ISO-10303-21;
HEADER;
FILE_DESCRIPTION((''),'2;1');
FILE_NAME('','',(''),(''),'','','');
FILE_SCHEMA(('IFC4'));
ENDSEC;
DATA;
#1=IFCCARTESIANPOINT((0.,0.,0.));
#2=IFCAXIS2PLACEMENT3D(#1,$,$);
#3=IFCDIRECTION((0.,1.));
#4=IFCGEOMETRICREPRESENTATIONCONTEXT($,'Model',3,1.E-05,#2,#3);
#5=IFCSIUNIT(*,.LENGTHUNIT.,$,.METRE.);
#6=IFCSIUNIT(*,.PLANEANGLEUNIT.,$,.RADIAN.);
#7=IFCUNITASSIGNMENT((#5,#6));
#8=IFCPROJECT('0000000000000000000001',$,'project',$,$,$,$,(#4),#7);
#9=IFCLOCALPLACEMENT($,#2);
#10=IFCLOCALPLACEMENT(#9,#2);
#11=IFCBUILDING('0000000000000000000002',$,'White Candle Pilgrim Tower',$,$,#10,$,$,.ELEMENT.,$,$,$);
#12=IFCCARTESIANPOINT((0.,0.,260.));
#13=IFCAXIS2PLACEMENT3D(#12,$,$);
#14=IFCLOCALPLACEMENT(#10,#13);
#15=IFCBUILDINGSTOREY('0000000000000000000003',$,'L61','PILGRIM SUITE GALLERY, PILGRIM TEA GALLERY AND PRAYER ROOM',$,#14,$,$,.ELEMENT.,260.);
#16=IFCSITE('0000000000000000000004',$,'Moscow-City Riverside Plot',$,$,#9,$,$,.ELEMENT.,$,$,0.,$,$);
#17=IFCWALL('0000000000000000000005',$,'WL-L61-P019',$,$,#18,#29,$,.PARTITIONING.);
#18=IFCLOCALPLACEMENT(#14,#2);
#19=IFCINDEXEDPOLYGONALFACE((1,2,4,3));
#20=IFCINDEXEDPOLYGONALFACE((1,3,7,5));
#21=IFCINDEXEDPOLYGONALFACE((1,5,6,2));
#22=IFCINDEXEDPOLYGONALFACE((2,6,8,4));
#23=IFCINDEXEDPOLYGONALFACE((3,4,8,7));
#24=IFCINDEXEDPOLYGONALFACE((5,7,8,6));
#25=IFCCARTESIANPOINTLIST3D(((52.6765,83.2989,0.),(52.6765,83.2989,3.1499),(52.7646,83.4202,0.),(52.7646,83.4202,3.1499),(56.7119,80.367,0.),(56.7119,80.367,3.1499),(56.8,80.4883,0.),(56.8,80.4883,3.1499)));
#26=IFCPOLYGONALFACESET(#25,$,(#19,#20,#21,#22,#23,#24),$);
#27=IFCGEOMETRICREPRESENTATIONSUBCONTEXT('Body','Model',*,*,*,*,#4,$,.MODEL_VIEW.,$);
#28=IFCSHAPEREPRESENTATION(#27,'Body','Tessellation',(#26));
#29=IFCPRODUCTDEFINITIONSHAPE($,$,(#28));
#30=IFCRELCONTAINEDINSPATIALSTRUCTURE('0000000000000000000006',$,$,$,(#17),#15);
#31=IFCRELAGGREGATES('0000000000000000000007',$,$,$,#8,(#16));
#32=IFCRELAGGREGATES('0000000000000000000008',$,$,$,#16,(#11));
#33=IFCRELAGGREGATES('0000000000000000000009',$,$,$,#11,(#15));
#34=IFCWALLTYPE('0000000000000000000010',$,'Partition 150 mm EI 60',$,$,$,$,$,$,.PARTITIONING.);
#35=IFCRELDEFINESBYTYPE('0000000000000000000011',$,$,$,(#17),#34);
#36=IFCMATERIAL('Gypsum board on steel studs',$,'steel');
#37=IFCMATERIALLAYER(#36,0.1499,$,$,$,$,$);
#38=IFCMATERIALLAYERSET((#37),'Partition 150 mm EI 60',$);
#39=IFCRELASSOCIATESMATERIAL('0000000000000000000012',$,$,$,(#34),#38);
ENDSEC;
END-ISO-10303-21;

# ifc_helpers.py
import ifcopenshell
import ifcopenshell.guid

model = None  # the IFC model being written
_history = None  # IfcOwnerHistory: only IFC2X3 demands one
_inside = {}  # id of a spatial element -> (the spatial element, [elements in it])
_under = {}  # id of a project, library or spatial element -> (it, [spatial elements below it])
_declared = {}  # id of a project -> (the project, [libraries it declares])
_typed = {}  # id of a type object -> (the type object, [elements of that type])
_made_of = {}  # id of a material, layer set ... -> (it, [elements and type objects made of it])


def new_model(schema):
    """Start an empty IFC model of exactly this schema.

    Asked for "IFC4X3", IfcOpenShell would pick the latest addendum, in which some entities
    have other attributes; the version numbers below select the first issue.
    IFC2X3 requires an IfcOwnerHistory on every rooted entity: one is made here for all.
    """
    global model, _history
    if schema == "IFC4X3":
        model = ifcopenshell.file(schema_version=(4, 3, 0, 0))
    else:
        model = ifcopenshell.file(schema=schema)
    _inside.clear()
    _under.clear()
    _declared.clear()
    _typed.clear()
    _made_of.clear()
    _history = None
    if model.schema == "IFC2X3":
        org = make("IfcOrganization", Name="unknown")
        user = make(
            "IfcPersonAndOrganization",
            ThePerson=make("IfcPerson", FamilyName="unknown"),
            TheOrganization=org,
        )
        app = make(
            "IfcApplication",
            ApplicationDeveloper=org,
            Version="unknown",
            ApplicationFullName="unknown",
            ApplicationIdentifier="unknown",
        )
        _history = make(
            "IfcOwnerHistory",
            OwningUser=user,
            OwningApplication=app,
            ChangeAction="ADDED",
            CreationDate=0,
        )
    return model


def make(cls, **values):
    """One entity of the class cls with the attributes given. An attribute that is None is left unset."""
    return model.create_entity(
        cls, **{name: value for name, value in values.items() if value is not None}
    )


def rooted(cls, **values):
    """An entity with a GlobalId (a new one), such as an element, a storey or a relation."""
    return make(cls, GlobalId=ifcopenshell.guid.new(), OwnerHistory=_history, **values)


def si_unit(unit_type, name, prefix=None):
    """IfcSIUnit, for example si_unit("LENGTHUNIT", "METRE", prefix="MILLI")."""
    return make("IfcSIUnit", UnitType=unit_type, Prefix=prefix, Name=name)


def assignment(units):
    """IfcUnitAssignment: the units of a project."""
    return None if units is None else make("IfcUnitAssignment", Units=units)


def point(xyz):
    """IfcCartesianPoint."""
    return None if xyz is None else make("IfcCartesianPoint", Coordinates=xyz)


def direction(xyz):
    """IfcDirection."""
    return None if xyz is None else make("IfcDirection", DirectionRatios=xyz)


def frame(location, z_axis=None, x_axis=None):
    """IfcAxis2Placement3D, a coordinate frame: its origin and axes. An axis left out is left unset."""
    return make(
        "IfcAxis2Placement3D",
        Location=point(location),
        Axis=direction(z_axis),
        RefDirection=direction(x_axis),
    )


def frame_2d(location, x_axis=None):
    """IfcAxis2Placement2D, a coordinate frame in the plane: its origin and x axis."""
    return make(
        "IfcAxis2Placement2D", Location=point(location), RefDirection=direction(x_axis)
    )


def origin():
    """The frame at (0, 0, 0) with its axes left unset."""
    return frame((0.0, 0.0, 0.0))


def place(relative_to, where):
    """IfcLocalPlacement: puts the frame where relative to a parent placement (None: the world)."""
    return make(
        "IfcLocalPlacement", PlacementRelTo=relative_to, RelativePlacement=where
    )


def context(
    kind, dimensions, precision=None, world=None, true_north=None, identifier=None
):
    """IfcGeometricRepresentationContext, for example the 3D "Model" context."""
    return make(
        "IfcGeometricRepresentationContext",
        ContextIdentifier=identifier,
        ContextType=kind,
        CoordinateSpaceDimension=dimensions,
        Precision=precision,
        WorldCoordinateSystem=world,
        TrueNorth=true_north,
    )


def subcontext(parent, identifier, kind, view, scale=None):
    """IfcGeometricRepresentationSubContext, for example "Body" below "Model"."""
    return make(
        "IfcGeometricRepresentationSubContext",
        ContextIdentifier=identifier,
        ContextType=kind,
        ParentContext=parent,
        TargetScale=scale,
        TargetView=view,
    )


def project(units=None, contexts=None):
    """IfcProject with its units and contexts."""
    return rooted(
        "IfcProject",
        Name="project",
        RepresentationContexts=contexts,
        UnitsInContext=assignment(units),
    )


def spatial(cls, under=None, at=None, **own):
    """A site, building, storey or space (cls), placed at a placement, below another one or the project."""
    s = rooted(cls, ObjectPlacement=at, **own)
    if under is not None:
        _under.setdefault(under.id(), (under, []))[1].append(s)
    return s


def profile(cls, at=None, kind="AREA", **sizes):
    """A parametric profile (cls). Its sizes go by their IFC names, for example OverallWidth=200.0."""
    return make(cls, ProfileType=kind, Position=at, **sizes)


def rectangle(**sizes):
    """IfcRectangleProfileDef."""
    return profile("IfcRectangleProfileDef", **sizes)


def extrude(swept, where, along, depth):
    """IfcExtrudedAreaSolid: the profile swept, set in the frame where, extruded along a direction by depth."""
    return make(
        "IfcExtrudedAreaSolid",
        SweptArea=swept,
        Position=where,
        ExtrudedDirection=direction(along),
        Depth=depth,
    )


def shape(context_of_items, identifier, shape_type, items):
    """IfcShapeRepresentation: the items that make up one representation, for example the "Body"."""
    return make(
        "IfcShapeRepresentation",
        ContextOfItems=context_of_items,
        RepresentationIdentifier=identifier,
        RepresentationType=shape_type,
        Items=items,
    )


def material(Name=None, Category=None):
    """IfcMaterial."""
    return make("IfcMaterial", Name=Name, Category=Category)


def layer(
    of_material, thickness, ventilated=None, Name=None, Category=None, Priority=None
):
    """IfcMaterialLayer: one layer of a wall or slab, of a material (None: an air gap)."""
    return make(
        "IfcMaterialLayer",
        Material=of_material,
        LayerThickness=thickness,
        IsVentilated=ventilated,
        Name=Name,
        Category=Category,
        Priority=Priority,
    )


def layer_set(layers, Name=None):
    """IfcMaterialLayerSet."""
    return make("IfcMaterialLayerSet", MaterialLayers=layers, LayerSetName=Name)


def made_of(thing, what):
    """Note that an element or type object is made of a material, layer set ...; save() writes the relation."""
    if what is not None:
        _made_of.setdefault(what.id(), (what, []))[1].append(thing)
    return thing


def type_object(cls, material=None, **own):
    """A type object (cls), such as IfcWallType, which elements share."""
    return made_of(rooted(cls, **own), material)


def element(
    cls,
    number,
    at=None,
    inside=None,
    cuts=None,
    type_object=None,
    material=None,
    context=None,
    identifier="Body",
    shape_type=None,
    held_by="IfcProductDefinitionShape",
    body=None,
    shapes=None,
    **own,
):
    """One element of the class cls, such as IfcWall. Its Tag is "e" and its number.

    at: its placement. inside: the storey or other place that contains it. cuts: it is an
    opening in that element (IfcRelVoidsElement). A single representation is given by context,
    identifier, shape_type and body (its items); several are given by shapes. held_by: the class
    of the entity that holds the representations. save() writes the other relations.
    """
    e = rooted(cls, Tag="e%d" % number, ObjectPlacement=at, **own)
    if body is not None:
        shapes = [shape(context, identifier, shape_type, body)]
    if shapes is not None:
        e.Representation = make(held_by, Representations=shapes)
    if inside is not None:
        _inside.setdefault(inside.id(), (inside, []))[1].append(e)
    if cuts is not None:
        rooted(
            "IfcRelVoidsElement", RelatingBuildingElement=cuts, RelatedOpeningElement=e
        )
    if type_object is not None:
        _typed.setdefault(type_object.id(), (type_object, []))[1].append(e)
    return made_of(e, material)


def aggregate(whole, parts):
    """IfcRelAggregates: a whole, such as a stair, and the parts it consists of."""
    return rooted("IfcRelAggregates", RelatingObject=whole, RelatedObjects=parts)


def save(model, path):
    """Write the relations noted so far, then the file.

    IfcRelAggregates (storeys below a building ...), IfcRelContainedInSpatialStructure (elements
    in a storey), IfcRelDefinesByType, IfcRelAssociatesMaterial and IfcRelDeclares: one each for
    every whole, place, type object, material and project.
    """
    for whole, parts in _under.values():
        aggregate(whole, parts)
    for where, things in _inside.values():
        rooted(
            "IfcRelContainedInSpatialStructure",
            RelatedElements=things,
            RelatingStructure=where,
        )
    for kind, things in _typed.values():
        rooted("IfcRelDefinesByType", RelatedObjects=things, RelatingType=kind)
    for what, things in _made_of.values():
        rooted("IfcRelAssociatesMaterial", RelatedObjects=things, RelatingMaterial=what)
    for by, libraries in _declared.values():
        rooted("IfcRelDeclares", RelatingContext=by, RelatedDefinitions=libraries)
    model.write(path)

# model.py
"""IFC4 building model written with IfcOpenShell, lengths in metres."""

from ifc_helpers import new_model, si_unit, direction, frame, frame_2d, origin, place, context, subcontext, project, spatial, rectangle, extrude, material, layer, layer_set, type_object, element, save


model = new_model("IFC4")

# Units and contexts
model_context = context("Model", 3, precision=1e-05, world=origin(), true_north=direction((0.0, 1.0)))
body_context = subcontext(model_context, "Body", "Model", "MODEL_VIEW")
ifc_project = project(units=[si_unit("LENGTHUNIT", "METRE"), si_unit("PLANEANGLEUNIT", "RADIAN")], contexts=[model_context])

# Site, building, storey
site_placement = place(None, origin())
site = spatial("IfcSite", under=ifc_project, at=site_placement, Name="Moscow-City Riverside Plot", CompositionType="ELEMENT", RefElevation=0.0)
building_placement = place(site_placement, origin())
building = spatial("IfcBuilding", under=site, at=building_placement, Name="White Candle Pilgrim Tower", CompositionType="ELEMENT")
storey_placement = place(building_placement, frame((0.0, 0.0, 260.0)))
storey = spatial("IfcBuildingStorey", under=building, at=storey_placement, Name="L61", Description="PILGRIM SUITE GALLERY, PILGRIM TEA GALLERY AND PRAYER ROOM", CompositionType="ELEMENT", Elevation=260.0)

# Wall
ifc_material_1 = material(Name="Gypsum board on steel studs", Category="steel")
ifc_layer_1 = layer(ifc_material_1, 0.1499)
ifc_layer_set_1 = layer_set([ifc_layer_1], Name="Partition 150 mm EI 60")
wall_type_1 = type_object("IfcWallType", Name="Partition 150 mm EI 60", PredefinedType="PARTITIONING", material=ifc_layer_set_1)
wall_1_placement = place(storey_placement, frame((52.7205, 83.3596, 0.0), z_axis=(0.0, 0.0, 1.0), x_axis=(0.809017, -0.587785, 0.0)))
element("IfcWall", 1, at=wall_1_placement, inside=storey, type_object=wall_type_1, Name="WL-L61-P019", PredefinedType="PARTITIONING", context=body_context, shape_type="SweptSolid", body=[
    extrude(rectangle(XDim=4.988, YDim=0.1499, at=frame_2d((2.4941, 0.0))), origin(), (0.0, 0.0, 1.0), 3.1499),
])

save(model, "model.ifc")
